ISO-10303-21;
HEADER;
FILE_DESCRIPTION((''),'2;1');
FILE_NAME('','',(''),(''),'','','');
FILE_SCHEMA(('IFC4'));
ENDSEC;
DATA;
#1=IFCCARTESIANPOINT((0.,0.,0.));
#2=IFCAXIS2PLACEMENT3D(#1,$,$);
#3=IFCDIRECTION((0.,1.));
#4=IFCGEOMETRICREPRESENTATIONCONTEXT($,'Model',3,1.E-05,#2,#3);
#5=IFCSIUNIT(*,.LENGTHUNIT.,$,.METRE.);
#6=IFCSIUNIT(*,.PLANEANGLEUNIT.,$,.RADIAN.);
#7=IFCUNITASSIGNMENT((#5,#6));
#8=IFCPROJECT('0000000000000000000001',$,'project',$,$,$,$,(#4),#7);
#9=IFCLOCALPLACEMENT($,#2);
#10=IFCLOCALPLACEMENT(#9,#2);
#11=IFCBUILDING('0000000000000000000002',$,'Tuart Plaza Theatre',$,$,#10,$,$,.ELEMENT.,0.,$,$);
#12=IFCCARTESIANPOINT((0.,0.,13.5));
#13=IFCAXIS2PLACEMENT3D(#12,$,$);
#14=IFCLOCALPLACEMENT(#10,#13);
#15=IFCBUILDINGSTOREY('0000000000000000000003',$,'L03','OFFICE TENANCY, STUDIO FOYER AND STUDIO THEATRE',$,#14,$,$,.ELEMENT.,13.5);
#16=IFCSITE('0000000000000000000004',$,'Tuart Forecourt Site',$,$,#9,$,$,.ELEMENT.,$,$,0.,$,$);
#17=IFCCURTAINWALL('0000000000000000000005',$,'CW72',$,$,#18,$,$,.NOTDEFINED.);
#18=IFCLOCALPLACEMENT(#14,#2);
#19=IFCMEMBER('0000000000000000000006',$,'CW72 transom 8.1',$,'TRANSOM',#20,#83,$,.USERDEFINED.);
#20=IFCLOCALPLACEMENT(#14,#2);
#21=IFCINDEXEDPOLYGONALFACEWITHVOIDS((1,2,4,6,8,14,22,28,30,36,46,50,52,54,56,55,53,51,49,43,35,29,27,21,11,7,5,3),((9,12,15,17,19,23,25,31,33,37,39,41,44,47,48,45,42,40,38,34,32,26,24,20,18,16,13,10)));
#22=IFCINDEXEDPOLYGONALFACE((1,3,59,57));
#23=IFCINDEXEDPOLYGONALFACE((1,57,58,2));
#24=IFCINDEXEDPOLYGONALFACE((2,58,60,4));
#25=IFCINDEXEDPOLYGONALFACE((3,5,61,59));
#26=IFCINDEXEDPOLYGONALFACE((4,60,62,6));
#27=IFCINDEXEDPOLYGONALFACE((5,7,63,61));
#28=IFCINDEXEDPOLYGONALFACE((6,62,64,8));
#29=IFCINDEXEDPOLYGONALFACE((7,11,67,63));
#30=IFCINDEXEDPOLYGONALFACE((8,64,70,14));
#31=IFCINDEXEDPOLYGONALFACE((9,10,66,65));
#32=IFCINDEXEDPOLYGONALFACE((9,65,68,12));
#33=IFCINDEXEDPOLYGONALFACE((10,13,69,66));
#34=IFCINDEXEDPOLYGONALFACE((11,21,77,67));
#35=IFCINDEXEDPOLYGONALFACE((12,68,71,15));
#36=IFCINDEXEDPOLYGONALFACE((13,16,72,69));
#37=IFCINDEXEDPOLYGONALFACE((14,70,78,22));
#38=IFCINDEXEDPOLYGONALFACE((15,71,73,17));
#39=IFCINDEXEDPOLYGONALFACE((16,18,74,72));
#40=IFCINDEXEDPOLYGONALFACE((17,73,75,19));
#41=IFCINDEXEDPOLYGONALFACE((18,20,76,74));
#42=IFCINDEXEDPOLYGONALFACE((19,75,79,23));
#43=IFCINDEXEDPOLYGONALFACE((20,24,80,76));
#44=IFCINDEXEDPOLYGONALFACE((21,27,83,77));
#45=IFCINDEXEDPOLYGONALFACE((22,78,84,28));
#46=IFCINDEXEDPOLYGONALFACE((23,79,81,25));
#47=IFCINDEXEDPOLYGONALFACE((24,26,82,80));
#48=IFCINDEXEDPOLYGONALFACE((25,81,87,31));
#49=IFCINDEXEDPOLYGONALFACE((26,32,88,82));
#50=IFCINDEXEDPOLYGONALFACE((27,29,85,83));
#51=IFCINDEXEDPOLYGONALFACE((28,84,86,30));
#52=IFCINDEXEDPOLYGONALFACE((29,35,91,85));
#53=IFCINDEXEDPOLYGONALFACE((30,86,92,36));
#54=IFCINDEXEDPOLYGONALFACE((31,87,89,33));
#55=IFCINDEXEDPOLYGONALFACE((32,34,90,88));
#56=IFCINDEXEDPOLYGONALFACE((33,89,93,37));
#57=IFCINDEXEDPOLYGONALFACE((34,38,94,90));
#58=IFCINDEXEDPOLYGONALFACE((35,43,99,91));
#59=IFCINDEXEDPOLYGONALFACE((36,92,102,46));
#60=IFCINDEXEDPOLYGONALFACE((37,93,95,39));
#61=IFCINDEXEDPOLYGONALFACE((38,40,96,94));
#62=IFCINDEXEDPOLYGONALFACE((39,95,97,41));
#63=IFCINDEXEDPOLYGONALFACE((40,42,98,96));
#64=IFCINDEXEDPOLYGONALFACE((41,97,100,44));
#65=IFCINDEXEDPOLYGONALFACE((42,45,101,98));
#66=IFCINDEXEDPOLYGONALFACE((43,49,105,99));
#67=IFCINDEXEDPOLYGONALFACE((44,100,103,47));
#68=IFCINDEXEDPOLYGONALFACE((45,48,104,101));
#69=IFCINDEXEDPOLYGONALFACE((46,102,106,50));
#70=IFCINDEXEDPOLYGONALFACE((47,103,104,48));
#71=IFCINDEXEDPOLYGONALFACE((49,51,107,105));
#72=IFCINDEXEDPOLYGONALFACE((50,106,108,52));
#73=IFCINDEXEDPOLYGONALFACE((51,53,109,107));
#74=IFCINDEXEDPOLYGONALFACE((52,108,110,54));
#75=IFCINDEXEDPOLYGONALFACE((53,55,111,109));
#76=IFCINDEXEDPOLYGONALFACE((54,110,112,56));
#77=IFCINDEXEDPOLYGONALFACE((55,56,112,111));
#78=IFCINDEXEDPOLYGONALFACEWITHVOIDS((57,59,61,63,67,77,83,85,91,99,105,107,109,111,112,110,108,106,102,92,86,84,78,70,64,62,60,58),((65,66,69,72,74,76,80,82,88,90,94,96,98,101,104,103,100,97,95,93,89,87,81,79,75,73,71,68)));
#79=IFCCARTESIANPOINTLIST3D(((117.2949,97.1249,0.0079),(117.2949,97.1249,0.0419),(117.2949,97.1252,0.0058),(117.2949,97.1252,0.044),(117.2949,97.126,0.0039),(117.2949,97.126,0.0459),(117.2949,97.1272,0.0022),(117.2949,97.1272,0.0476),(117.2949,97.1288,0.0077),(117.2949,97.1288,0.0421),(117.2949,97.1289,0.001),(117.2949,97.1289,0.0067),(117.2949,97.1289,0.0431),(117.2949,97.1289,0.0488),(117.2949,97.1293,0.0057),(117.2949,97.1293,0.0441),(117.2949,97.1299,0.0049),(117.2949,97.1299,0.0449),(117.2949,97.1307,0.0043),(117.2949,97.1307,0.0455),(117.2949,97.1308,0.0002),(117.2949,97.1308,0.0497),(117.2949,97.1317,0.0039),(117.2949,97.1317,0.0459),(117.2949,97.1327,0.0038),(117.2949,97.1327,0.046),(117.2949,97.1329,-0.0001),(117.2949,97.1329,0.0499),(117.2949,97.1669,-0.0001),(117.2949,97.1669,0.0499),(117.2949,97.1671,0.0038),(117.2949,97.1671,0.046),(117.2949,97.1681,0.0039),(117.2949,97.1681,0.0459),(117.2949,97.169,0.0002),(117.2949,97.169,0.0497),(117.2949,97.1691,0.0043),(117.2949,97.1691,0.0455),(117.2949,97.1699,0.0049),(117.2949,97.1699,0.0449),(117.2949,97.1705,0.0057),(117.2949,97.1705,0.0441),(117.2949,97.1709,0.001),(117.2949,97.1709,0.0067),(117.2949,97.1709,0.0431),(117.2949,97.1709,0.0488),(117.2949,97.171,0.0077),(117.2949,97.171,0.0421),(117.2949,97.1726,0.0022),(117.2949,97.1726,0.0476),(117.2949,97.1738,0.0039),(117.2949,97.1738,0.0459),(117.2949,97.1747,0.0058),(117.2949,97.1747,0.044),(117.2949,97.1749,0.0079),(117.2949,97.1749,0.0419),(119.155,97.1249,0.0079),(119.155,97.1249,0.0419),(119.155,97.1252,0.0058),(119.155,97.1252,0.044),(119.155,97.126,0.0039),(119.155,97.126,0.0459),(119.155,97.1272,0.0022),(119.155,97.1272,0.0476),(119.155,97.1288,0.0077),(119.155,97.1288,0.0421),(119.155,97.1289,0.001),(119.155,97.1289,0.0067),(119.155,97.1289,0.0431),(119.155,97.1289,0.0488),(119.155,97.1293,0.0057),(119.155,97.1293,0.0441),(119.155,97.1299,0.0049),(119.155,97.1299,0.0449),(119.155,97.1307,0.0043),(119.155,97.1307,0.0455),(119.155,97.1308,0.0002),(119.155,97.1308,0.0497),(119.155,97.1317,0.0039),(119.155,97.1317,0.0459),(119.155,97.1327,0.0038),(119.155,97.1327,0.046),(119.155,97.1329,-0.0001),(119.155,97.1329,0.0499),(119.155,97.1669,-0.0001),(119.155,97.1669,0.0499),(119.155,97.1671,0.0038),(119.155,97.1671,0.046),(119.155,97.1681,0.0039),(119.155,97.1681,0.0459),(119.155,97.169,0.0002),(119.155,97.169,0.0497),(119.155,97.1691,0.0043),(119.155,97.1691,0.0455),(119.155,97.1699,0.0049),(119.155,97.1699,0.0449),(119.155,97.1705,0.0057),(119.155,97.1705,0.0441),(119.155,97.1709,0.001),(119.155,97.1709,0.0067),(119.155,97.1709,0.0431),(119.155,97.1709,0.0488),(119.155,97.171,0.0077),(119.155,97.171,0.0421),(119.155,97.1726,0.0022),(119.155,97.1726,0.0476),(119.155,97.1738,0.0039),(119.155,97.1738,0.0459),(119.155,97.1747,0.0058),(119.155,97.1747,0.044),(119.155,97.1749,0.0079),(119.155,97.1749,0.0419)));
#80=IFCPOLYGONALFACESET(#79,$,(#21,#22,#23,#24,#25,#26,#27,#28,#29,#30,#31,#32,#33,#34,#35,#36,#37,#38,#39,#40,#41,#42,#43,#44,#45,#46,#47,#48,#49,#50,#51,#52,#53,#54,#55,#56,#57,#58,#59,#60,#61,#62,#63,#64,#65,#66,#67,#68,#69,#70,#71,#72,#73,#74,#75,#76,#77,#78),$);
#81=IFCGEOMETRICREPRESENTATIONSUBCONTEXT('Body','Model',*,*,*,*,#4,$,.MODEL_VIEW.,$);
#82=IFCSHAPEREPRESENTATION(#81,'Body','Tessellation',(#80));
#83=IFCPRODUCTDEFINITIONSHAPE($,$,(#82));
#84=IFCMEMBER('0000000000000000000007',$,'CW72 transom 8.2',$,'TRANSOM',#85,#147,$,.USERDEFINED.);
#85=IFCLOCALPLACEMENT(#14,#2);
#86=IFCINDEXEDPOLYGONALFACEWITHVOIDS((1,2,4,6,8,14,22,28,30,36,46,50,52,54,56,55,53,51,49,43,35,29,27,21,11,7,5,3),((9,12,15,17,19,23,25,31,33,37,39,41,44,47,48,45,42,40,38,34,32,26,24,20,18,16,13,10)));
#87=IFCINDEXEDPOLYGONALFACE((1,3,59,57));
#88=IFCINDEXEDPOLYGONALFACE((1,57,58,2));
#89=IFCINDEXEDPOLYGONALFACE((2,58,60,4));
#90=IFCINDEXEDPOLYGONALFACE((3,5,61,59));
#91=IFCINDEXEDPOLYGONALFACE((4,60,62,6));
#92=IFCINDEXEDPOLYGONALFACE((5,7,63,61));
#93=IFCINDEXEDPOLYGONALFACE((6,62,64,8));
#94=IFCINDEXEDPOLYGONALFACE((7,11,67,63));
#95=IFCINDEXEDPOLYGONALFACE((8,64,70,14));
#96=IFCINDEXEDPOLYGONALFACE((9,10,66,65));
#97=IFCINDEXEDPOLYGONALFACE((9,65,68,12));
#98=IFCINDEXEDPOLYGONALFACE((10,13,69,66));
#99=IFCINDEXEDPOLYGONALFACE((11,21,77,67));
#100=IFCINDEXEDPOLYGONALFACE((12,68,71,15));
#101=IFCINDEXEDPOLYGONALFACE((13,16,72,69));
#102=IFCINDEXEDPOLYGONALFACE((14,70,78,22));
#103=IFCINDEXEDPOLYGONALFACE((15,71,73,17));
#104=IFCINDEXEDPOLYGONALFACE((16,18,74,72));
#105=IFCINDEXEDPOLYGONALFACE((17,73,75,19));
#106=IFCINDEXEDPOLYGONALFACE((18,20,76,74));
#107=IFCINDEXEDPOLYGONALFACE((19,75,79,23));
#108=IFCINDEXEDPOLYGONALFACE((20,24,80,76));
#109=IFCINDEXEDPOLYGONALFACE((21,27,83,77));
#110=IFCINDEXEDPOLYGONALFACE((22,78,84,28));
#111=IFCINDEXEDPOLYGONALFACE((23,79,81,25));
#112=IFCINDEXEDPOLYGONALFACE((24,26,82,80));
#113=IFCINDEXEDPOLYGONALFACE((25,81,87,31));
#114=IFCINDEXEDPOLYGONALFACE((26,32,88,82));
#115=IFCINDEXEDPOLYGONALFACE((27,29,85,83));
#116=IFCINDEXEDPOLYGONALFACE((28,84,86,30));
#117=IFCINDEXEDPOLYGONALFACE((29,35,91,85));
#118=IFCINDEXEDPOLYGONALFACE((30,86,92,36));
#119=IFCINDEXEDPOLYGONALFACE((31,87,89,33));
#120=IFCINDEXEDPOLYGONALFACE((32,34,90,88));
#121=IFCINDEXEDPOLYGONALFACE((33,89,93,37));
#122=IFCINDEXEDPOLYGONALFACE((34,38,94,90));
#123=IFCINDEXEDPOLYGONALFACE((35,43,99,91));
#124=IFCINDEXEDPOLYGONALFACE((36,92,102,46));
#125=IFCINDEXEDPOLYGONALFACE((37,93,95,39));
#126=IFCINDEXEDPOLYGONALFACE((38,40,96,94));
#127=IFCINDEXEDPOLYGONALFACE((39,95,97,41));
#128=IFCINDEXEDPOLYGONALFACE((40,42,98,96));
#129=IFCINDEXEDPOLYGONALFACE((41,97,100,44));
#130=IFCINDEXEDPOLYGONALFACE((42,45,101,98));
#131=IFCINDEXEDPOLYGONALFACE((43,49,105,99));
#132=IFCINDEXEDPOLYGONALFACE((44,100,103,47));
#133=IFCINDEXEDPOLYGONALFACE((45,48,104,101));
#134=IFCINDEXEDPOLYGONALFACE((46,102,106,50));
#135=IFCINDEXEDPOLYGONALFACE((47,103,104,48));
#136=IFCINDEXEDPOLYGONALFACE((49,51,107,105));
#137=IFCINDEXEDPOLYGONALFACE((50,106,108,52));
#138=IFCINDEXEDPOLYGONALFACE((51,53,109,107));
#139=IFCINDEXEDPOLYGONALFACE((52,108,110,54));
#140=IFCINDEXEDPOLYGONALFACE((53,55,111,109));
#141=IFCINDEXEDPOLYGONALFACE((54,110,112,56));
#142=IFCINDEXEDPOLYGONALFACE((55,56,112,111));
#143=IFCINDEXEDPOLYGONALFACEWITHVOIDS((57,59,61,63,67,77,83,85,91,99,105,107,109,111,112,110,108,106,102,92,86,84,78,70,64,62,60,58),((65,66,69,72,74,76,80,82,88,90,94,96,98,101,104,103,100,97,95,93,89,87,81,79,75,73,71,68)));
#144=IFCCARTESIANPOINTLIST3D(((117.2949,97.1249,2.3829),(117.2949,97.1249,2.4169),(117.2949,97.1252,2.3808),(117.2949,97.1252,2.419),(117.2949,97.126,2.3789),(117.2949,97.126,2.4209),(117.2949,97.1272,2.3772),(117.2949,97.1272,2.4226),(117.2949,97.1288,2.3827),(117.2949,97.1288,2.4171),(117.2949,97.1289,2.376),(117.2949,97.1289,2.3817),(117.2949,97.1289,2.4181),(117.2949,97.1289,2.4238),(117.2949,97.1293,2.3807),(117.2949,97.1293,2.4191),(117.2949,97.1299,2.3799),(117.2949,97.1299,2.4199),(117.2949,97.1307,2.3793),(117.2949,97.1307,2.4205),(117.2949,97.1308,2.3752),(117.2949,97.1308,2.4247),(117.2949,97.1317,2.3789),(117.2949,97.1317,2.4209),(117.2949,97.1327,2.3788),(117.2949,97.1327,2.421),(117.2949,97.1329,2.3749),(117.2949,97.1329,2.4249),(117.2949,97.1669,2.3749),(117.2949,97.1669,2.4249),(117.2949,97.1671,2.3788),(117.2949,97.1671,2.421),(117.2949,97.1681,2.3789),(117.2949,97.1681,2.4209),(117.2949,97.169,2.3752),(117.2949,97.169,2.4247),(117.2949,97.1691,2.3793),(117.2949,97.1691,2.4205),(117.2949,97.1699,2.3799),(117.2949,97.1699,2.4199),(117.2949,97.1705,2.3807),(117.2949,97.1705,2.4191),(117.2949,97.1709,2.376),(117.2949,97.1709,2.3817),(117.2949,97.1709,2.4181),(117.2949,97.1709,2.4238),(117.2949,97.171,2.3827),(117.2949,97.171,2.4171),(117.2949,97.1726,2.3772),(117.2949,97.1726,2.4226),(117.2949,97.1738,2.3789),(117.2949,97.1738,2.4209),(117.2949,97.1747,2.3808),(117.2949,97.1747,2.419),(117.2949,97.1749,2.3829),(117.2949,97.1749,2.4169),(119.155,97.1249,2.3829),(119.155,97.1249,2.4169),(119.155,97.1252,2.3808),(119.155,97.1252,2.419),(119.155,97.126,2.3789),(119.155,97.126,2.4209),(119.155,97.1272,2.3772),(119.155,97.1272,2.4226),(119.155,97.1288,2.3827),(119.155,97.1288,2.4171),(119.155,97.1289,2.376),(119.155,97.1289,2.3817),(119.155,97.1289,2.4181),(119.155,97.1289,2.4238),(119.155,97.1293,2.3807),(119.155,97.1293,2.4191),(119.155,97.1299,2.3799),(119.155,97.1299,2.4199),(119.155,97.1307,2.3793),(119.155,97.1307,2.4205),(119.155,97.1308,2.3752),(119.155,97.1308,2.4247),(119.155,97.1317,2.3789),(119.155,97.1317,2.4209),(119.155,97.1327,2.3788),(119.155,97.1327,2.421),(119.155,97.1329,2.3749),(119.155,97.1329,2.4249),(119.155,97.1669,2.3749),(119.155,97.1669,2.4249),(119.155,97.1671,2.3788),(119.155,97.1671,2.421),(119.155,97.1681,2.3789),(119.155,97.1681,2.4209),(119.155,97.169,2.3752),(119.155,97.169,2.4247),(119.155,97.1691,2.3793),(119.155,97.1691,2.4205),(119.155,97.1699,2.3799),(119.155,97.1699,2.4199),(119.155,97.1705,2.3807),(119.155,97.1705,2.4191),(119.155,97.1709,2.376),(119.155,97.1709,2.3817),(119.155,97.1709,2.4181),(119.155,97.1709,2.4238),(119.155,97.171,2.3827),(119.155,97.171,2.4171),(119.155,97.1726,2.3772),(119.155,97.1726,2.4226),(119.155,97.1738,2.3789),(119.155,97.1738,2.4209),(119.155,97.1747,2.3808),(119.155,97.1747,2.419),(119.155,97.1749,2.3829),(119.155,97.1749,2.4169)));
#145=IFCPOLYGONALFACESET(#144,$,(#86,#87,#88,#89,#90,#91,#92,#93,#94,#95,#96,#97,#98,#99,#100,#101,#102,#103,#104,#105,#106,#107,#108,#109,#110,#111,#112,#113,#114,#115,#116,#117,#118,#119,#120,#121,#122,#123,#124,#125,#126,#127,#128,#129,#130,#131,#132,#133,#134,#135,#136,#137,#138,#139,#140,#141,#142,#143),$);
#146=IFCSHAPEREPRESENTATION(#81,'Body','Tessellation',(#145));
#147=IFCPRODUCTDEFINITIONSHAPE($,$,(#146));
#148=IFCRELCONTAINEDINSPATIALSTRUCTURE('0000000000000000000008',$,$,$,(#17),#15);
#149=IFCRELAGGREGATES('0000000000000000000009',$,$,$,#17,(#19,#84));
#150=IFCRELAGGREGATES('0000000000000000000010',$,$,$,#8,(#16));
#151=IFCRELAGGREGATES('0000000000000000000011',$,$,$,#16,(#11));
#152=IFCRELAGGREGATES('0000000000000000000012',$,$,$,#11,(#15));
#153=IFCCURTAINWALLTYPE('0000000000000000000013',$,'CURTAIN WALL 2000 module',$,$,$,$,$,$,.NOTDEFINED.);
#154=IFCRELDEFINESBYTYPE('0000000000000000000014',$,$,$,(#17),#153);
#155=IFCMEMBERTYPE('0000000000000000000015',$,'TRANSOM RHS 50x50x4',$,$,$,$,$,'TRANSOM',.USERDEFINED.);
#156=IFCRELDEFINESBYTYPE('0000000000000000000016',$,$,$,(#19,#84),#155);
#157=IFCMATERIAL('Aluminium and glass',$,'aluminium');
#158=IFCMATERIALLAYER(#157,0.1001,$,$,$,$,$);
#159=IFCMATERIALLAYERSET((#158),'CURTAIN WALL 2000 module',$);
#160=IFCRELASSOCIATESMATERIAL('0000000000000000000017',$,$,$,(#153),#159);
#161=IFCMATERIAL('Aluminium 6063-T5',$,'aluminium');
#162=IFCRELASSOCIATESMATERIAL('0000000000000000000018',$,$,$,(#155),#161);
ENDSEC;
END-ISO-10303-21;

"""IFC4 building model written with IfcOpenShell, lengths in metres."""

from ifc_helpers import new_model, si_unit, direction, frame, origin, origin_2d, place, context, subcontext, project, spatial, hollow_rectangle, extrude, material, layer, layer_set, material_profile, profile_set, type_object, element, aggregate, save


model = new_model("IFC4")

# Units and contexts
model_context = context("Model", 3, precision=1e-05, world=origin(), true_north=direction((0.0, 1.0)))
body_context = subcontext(model_context, "Body", "Model", "MODEL_VIEW")
ifc_project = project(units=[si_unit("LENGTHUNIT", "METRE"), si_unit("PLANEANGLEUNIT", "RADIAN")], contexts=[model_context])

# Site, building, storey
site_placement = place(None, origin())
site = spatial("IfcSite", under=ifc_project, at=site_placement, Name="Tuart Forecourt Site", CompositionType="ELEMENT", RefElevation=0.0)
building_placement = place(site_placement, origin())
building = spatial("IfcBuilding", under=site, at=building_placement, Name="Tuart Plaza Theatre", CompositionType="ELEMENT", ElevationOfRefHeight=0.0)
storey_placement = place(building_placement, frame((0.0, 0.0, 13.5)))
storey = spatial("IfcBuildingStorey", under=building, at=storey_placement, Name="L03", Description="OFFICE TENANCY, STUDIO FOYER AND STUDIO THEATRE", CompositionType="ELEMENT", Elevation=13.5)

# Curtain wall, members
ifc_material_1 = material(Name="Aluminium and glass", Category="aluminium")
ifc_layer_1 = layer(ifc_material_1, 0.1001)
ifc_layer_set_1 = layer_set([ifc_layer_1], Name="CURTAIN WALL 2000 module")
curtain_wall_type = type_object("IfcCurtainWallType", Name="CURTAIN WALL 2000 module", PredefinedType="NOTDEFINED", material=ifc_layer_set_1)
curtain_wall_1_placement = place(storey_placement, origin())
curtain_wall_1 = element("IfcCurtainWall", 1, at=curtain_wall_1_placement, inside=storey, type_object=curtain_wall_type, Name="CW72", PredefinedType="NOTDEFINED")
ifc_material_2 = material(Name="Aluminium 6063-T5", Category="aluminium")
ifc_material_profile_1 = material_profile(ifc_material_2, hollow_rectangle(XDim=0.05, YDim=0.05, WallThickness=0.0039, InnerFilletRadius=0.0039, OuterFilletRadius=0.0081, at=origin_2d()), Name="RHS 50x50x4")
ifc_profile_set_1 = profile_set([ifc_material_profile_1], Name="Aluminium 6063-T5")
member_type_1 = type_object("IfcMemberType", Name="TRANSOM RHS 50x50x4", ElementType="TRANSOM", PredefinedType="USERDEFINED", material=ifc_profile_set_1)
member_1_placement = place(storey_placement, frame((119.155, 97.1499, 0.0249), z_axis=(-1.0, 0.0, 0.0), x_axis=(0.0, -1.0, 0.0)))
member_1 = element("IfcMember", 2, at=member_1_placement, type_object=member_type_1, Name="CW72 transom 8.1", ObjectType="TRANSOM", PredefinedType="USERDEFINED", context=body_context, shape_type="SweptSolid", body=[
    extrude(hollow_rectangle(XDim=0.05, YDim=0.05, WallThickness=0.0039, InnerFilletRadius=0.0039, OuterFilletRadius=0.0081, at=origin_2d()), origin(), (0.0, 0.0, 1.0), 1.8601),
])
member_2_placement = place(storey_placement, frame((119.155, 97.1499, 2.3999), z_axis=(-1.0, 0.0, 0.0), x_axis=(0.0, -1.0, 0.0)))
member_2 = element("IfcMember", 3, at=member_2_placement, type_object=member_type_1, Name="CW72 transom 8.2", ObjectType="TRANSOM", PredefinedType="USERDEFINED", context=body_context, shape_type="SweptSolid", body=[
    extrude(hollow_rectangle(XDim=0.05, YDim=0.05, WallThickness=0.0039, InnerFilletRadius=0.0039, OuterFilletRadius=0.0081, at=origin_2d()), origin(), (0.0, 0.0, 1.0), 1.8601),
])

aggregate(curtain_wall_1, [member_1, member_2])

save(model, "model.ifc")
